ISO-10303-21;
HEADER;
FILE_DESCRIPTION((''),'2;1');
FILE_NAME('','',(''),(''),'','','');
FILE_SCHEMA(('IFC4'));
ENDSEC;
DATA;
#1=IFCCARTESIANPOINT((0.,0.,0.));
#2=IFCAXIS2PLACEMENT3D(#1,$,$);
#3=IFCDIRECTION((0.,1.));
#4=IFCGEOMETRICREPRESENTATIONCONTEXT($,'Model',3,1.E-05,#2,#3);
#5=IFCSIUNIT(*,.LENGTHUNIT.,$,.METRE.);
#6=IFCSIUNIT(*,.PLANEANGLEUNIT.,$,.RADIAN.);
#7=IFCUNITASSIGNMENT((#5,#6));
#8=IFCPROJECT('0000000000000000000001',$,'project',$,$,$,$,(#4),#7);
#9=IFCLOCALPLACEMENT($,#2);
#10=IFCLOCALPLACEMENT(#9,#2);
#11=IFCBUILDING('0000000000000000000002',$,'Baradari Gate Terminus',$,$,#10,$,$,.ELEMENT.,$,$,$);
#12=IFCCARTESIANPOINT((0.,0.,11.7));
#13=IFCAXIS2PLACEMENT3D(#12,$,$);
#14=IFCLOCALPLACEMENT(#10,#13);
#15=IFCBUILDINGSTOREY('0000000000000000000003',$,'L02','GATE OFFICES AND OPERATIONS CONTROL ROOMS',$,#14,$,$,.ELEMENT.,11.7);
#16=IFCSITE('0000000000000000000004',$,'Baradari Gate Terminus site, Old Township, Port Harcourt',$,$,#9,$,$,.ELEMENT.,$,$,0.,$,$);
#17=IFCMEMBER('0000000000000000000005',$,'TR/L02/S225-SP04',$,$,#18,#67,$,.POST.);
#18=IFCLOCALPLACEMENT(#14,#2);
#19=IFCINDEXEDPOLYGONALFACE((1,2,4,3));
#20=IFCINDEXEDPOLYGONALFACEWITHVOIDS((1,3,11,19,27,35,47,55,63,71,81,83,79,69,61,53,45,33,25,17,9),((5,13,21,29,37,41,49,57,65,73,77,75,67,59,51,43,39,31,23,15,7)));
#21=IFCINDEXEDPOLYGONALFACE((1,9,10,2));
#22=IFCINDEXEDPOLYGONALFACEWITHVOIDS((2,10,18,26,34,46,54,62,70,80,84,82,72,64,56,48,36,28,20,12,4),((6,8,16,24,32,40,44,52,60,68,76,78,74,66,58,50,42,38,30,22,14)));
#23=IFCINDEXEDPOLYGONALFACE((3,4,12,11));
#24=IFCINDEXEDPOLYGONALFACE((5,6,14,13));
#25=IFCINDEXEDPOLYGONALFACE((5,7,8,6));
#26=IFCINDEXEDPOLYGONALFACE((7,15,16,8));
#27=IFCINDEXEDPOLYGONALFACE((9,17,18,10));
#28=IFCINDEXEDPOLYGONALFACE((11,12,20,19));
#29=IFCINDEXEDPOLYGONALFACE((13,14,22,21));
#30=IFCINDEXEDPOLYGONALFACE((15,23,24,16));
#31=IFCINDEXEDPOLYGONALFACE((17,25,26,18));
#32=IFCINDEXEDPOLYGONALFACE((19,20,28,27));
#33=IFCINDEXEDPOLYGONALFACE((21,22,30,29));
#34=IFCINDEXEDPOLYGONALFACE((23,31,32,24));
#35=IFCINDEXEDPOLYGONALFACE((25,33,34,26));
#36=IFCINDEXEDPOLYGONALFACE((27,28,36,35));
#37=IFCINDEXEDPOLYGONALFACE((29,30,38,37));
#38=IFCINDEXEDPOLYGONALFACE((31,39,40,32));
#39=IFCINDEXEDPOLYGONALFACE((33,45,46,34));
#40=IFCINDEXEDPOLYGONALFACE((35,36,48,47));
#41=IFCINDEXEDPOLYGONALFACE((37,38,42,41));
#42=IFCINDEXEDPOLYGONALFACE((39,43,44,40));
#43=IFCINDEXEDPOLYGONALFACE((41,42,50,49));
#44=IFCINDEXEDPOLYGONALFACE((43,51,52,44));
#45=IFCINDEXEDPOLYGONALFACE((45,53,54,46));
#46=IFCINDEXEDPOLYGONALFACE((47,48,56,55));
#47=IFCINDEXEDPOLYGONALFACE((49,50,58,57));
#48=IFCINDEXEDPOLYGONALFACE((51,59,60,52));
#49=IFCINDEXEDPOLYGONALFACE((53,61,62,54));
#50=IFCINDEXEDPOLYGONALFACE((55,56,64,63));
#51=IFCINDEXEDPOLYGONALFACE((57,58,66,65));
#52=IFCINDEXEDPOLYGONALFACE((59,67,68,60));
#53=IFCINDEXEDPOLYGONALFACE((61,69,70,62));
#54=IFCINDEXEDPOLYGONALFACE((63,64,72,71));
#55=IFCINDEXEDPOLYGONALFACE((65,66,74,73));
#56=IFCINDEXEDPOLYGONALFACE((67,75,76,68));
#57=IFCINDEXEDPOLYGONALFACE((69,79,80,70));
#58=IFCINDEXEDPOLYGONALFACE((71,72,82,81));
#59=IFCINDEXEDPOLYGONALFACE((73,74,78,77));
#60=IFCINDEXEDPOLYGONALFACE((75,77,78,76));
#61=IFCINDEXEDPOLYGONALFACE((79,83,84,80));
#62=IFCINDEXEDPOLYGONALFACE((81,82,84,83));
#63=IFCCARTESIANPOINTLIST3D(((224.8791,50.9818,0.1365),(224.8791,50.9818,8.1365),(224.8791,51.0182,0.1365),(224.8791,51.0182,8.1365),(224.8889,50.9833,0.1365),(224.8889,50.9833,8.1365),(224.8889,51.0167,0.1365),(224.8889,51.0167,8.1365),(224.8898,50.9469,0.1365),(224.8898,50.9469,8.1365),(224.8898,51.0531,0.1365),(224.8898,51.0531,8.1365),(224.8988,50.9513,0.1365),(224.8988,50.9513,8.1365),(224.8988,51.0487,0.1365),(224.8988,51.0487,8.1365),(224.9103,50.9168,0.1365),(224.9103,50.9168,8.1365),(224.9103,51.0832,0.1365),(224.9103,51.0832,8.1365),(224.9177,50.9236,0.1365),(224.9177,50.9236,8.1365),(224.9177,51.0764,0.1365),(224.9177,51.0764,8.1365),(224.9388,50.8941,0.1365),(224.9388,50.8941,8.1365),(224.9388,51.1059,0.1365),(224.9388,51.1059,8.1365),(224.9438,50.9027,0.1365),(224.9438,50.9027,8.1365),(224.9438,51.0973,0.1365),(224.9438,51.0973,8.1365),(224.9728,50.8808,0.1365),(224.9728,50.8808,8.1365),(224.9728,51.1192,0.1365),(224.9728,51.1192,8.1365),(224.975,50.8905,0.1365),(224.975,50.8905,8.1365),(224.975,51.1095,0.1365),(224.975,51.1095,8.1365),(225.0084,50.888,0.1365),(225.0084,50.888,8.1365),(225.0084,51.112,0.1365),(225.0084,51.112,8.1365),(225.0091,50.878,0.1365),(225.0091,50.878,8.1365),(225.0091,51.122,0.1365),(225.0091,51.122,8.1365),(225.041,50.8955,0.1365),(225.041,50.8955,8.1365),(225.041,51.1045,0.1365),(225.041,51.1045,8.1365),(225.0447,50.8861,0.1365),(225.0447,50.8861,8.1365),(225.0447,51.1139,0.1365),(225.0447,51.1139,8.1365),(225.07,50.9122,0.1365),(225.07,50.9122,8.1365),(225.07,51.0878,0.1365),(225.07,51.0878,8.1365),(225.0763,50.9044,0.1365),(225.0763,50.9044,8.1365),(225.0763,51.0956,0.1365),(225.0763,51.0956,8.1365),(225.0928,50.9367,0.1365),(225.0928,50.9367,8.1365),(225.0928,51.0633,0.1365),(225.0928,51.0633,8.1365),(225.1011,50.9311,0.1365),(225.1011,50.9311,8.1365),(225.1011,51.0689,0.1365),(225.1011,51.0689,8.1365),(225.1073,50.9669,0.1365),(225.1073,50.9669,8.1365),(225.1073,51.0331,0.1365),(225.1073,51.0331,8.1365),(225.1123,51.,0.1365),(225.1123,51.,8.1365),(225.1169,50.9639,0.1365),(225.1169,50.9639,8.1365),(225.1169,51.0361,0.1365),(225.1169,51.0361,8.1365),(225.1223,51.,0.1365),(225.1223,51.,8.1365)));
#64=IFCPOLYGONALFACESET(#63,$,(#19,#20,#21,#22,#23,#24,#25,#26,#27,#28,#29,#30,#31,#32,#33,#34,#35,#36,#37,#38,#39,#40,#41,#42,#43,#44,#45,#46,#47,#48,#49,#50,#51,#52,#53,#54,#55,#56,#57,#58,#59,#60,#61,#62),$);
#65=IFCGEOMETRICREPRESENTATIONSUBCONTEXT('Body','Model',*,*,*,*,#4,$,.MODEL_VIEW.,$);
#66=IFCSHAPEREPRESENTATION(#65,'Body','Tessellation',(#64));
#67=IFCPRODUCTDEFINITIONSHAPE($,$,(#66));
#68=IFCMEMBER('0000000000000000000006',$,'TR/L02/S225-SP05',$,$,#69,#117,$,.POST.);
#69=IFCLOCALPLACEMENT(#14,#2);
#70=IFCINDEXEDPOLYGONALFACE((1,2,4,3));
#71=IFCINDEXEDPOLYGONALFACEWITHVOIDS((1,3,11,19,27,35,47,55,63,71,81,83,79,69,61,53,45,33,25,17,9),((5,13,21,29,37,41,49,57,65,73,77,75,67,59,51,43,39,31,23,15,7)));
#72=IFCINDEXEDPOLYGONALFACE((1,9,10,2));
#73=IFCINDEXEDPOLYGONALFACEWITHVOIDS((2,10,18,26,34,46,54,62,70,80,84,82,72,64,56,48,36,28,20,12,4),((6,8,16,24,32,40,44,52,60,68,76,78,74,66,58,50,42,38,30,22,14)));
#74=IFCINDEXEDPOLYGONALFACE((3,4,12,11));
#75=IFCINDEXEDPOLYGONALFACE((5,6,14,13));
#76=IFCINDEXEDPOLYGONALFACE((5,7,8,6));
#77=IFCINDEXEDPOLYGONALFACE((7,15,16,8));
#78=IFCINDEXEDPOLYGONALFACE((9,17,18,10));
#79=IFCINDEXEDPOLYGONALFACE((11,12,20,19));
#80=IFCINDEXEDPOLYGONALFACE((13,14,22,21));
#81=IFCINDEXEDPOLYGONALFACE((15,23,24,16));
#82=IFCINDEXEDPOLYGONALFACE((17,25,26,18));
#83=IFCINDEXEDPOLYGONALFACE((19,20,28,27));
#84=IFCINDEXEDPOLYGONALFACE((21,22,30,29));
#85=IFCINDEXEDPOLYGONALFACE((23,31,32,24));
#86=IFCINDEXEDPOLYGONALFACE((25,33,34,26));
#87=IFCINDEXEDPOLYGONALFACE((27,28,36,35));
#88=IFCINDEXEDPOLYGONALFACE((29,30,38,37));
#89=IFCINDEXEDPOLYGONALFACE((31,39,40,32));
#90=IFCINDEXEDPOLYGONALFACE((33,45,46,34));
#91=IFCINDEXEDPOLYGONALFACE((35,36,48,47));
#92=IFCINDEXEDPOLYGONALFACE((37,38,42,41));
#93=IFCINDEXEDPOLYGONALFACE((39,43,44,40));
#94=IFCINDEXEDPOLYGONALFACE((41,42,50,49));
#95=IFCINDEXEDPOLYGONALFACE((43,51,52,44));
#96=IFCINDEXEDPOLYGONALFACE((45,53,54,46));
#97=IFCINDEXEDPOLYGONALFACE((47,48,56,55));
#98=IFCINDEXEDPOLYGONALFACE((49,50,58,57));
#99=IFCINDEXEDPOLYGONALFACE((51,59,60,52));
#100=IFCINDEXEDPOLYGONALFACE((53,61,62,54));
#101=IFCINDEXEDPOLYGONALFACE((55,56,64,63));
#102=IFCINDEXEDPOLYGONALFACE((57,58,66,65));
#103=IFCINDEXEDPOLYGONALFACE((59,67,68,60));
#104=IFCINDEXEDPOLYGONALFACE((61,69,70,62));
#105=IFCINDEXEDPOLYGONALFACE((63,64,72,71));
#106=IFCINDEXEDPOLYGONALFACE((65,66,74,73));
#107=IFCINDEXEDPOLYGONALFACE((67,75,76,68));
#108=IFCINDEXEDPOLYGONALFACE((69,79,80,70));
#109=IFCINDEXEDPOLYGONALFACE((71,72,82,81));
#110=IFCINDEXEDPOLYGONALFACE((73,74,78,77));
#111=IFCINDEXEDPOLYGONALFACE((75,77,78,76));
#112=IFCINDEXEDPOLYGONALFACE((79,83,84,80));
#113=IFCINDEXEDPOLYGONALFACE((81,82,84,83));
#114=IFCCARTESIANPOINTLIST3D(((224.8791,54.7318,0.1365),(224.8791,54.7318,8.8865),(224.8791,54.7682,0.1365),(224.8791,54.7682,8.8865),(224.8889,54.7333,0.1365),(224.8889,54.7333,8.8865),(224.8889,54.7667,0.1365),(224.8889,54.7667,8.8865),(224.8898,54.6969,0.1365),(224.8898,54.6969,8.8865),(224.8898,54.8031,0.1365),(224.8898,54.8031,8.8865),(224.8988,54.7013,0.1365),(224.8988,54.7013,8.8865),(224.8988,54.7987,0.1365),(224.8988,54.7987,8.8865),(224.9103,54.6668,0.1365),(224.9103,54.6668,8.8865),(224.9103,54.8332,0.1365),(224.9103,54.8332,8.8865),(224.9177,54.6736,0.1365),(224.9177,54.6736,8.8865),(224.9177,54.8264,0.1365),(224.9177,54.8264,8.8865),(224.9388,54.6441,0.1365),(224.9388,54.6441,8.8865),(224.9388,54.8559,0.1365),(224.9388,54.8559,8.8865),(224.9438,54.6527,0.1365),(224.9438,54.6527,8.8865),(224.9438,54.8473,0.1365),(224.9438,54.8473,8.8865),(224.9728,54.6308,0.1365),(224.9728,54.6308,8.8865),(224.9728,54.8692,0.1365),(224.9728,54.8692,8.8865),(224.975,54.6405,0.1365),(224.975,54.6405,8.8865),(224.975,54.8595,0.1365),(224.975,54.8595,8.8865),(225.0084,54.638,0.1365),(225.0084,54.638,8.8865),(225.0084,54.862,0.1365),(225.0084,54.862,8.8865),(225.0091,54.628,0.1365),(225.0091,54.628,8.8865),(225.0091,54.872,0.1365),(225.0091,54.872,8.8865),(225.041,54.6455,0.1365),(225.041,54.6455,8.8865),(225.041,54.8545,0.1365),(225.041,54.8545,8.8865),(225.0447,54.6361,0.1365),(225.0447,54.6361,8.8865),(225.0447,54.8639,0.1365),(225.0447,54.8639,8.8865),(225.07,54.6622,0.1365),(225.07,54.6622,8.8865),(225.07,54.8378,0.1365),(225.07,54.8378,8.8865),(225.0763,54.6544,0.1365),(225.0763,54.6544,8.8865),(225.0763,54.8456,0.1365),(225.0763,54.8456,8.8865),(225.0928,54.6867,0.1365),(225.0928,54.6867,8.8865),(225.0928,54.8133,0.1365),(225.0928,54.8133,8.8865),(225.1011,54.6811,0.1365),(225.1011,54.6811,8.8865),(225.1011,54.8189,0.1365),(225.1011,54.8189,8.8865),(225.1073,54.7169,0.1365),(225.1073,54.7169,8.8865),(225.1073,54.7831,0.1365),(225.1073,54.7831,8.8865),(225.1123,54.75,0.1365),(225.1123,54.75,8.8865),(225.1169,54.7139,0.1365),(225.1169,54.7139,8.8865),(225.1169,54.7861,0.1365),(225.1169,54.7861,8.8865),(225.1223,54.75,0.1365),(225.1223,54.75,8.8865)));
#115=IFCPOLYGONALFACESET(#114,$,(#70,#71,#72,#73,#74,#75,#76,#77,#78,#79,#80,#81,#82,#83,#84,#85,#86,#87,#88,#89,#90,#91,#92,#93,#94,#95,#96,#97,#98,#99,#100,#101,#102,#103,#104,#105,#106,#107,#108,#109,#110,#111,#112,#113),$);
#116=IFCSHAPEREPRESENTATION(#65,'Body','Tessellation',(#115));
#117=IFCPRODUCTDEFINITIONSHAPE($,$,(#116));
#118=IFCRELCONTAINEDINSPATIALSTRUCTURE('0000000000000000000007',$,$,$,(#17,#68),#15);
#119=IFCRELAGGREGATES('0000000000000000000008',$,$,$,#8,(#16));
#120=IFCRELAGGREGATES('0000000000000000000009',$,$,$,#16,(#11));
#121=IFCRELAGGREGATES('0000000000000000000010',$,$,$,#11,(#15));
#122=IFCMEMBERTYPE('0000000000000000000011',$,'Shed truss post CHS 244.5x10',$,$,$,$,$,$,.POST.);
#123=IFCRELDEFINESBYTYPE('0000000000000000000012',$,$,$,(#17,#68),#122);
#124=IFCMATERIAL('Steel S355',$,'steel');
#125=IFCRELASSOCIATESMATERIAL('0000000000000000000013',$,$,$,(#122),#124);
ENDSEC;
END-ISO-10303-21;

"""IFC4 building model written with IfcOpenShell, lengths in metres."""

from ifc_helpers import new_model, si_unit, direction, frame, origin, origin_2d, place, context, subcontext, project, spatial, hollow_circle, extrude, material, material_profile, profile_set, type_object, element, save


model = new_model("IFC4")

# Units and contexts
model_context = context("Model", 3, precision=1e-05, world=origin(), true_north=direction((0.0, 1.0)))
body_context = subcontext(model_context, "Body", "Model", "MODEL_VIEW")
ifc_project = project(units=[si_unit("LENGTHUNIT", "METRE"), si_unit("PLANEANGLEUNIT", "RADIAN")], contexts=[model_context])

# Site, building, storey
site_placement = place(None, origin())
site = spatial("IfcSite", under=ifc_project, at=site_placement, Name="Baradari Gate Terminus site, Old Township, Port Harcourt", CompositionType="ELEMENT", RefElevation=0.0)
building_placement = place(site_placement, origin())
building = spatial("IfcBuilding", under=site, at=building_placement, Name="Baradari Gate Terminus", CompositionType="ELEMENT")
storey_placement = place(building_placement, frame((0.0, 0.0, 11.7)))
storey = spatial("IfcBuildingStorey", under=building, at=storey_placement, Name="L02", Description="GATE OFFICES AND OPERATIONS CONTROL ROOMS", CompositionType="ELEMENT", Elevation=11.7)

# Members
ifc_material_1 = material(Name="Steel S355", Category="steel")
ifc_material_profile_1 = material_profile(ifc_material_1, hollow_circle(Radius=0.1223, WallThickness=0.01, at=origin_2d()), Name="CHS 244.5x10")
ifc_profile_set_1 = profile_set([ifc_material_profile_1], Name="Steel S355")
member_type_1 = type_object("IfcMemberType", Name="Shed truss post CHS 244.5x10", PredefinedType="POST", material=ifc_profile_set_1)
member_1_placement = place(storey_placement, frame((225.0, 51.0, 0.1365), z_axis=(0.0, 0.0, 1.0), x_axis=(1.0, 0.0, 0.0)))
element("IfcMember", 1, at=member_1_placement, inside=storey, type_object=member_type_1, Name="TR/L02/S225-SP04", PredefinedType="POST", context=body_context, shape_type="SweptSolid", body=[
    extrude(hollow_circle(Radius=0.1223, WallThickness=0.01, at=origin_2d()), origin(), (0.0, 0.0, 1.0), 8.0),
])
member_2_placement = place(storey_placement, frame((225.0, 54.75, 0.1365), z_axis=(0.0, 0.0, 1.0), x_axis=(1.0, 0.0, 0.0)))
element("IfcMember", 2, at=member_2_placement, inside=storey, type_object=member_type_1, Name="TR/L02/S225-SP05", PredefinedType="POST", context=body_context, shape_type="SweptSolid", body=[
    extrude(hollow_circle(Radius=0.1223, WallThickness=0.01, at=origin_2d()), origin(), (0.0, 0.0, 1.0), 8.75),
])

save(model, "model.ifc")
